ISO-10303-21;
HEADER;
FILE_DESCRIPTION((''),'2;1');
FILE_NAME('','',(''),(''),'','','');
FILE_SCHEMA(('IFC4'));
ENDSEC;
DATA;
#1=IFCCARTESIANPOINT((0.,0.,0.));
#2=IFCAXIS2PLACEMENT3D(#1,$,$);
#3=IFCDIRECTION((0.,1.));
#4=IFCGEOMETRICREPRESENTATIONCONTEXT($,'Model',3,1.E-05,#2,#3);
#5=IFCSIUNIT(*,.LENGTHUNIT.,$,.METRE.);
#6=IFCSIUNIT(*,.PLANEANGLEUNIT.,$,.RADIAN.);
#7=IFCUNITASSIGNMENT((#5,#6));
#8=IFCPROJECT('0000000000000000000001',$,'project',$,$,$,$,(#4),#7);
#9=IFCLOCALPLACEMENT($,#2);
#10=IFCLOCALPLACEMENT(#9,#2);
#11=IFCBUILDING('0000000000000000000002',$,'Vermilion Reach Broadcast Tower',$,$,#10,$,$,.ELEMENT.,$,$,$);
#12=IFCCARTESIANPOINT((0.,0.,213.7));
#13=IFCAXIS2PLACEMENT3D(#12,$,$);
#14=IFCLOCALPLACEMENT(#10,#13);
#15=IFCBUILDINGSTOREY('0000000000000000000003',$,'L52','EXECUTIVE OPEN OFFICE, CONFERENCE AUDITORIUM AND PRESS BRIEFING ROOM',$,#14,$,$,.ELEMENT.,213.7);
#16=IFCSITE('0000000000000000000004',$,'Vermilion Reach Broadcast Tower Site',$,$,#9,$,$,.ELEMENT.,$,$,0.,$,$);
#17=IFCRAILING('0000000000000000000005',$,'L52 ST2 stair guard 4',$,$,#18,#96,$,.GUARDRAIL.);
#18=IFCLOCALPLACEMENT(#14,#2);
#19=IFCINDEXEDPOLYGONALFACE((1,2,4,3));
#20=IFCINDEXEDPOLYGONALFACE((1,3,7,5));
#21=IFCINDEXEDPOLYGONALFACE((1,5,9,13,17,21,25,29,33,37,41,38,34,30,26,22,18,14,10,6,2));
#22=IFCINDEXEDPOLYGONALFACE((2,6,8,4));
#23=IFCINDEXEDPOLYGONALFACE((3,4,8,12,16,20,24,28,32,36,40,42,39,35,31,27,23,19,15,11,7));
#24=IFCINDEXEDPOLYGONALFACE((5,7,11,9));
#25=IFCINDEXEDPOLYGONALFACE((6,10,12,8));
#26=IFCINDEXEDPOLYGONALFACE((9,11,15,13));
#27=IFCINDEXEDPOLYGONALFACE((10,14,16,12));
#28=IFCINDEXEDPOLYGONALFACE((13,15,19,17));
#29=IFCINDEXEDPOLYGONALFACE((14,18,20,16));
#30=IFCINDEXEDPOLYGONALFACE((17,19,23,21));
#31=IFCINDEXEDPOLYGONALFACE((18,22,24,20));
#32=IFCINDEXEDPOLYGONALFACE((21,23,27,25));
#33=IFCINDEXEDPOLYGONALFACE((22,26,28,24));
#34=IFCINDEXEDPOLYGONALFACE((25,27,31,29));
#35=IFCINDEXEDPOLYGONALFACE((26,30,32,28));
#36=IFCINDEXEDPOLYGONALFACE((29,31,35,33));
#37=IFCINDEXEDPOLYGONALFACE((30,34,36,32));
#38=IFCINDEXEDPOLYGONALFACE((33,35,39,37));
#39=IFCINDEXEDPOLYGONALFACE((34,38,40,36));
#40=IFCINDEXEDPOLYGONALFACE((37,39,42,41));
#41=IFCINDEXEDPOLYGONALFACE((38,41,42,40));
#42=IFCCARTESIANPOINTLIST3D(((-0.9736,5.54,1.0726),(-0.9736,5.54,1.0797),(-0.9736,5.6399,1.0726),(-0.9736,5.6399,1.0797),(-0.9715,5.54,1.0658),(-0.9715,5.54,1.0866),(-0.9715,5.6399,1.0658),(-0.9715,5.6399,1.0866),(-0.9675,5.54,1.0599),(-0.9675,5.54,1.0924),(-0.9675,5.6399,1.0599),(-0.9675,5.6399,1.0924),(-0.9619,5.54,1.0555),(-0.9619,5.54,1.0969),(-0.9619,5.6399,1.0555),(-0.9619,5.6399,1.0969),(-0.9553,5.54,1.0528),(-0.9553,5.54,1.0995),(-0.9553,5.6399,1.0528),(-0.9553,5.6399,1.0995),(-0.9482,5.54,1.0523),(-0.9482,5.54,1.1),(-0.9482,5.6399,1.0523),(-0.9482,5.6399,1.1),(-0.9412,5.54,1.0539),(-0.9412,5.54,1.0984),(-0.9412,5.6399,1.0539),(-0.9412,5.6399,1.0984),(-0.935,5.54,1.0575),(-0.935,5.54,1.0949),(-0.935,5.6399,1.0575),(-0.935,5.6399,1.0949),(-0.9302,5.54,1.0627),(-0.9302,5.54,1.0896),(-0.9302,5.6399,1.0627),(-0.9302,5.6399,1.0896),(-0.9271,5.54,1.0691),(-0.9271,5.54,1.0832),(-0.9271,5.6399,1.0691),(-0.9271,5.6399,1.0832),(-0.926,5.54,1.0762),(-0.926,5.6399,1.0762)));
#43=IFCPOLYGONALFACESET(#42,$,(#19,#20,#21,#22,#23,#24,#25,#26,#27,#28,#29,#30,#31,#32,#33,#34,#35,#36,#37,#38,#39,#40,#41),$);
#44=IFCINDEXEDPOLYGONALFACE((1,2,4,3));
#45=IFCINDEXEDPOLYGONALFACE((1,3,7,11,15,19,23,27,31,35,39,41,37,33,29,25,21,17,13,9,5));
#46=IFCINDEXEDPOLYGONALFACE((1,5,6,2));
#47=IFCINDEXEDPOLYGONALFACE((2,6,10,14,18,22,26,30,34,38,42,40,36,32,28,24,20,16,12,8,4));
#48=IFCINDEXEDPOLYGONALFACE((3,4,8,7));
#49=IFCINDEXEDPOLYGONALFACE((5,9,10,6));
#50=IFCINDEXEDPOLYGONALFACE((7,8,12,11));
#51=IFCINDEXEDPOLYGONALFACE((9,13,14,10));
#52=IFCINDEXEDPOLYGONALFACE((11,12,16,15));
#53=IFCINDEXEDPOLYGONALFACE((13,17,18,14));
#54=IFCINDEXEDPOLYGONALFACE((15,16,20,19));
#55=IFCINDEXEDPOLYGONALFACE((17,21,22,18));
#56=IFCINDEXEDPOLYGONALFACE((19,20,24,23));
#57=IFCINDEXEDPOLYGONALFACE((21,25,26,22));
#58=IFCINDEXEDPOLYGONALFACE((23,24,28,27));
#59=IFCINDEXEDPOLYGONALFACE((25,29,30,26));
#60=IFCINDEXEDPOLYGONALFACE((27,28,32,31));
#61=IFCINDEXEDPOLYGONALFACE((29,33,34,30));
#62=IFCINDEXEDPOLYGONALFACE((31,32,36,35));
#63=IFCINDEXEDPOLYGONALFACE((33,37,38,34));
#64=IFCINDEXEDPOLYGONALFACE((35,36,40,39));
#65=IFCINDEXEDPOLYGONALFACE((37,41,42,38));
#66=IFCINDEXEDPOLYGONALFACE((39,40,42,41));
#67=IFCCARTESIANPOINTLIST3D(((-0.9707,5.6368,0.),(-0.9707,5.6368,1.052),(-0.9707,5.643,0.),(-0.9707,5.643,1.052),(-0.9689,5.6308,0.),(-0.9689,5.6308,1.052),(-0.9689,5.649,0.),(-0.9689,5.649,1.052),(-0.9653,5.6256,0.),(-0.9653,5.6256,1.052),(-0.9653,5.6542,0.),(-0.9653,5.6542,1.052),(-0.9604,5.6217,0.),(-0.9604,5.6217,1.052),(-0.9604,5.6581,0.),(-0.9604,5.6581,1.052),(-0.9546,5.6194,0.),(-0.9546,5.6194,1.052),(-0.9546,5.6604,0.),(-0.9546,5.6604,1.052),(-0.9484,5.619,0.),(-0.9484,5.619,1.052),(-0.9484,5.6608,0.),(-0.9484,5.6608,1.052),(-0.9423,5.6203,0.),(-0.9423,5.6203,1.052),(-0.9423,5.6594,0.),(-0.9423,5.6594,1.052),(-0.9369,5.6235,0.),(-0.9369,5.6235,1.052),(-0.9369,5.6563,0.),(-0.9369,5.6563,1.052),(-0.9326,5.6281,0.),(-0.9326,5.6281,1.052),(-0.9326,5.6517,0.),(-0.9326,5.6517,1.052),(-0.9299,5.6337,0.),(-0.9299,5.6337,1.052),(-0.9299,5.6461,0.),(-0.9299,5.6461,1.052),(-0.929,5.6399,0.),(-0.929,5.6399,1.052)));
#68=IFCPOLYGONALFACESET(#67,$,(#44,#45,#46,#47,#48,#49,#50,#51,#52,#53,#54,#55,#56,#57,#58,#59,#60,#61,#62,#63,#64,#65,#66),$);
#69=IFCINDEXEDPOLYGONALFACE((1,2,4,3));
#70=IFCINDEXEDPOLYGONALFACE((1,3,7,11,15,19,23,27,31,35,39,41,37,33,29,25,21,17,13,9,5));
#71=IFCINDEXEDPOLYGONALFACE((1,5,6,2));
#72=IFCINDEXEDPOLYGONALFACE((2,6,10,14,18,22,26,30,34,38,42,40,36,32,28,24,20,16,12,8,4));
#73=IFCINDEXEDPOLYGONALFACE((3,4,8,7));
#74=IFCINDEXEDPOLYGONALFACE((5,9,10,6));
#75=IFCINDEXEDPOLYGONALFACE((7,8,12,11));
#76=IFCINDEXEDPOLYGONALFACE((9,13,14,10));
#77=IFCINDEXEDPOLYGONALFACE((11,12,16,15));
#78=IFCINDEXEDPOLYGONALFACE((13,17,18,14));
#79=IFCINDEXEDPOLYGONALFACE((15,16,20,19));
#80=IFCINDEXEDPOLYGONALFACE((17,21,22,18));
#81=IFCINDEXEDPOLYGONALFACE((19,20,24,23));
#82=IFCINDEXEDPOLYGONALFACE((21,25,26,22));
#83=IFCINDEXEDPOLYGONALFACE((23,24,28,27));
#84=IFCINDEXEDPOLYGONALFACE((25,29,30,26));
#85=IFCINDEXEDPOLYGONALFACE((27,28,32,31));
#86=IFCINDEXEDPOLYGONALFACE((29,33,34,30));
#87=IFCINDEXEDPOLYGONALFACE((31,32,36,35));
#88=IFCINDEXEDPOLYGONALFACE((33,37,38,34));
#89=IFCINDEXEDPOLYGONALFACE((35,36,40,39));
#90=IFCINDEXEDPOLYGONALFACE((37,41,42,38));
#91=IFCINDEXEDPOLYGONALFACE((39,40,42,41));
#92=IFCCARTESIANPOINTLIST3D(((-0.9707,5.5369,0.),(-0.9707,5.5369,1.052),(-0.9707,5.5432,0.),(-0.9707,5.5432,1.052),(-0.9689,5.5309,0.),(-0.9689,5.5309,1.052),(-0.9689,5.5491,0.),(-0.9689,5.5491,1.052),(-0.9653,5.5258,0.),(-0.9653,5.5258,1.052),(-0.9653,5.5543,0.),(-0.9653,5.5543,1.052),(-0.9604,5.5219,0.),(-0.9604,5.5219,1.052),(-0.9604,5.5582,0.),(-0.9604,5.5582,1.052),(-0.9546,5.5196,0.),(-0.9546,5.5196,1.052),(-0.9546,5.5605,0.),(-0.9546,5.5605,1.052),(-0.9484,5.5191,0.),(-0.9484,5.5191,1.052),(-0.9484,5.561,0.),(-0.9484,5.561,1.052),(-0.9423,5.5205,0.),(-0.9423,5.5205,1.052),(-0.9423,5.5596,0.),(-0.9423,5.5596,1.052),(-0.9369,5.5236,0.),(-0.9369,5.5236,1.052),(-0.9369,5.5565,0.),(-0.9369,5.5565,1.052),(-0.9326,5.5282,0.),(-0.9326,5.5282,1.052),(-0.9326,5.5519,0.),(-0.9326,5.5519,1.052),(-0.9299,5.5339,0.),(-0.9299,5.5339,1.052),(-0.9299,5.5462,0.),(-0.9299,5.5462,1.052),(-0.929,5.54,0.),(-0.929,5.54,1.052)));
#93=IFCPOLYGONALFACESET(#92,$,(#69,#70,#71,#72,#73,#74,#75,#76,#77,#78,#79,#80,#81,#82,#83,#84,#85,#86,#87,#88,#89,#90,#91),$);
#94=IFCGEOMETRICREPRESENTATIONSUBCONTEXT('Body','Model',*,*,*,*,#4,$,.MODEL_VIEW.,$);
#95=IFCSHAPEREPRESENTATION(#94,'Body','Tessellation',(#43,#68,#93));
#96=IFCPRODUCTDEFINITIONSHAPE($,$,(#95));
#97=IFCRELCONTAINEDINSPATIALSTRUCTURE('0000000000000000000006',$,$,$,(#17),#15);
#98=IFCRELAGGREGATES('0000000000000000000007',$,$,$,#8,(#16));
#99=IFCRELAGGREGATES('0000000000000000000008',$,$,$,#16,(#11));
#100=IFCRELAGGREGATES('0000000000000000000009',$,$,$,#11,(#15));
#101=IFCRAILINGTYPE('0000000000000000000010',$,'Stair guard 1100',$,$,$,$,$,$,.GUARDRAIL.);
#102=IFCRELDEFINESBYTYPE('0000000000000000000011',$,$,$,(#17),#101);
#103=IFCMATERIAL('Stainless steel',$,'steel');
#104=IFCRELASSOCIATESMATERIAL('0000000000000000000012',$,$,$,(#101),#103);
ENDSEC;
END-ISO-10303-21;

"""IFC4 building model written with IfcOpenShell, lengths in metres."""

from ifc_helpers import new_model, si_unit, direction, frame, origin, origin_2d, place, context, subcontext, project, spatial, circle, extrude, material, type_object, element, save


model = new_model("IFC4")

# Units and contexts
model_context = context("Model", 3, precision=1e-05, world=origin(), true_north=direction((0.0, 1.0)))
body_context = subcontext(model_context, "Body", "Model", "MODEL_VIEW")
ifc_project = project(units=[si_unit("LENGTHUNIT", "METRE"), si_unit("PLANEANGLEUNIT", "RADIAN")], contexts=[model_context])

# Site, building, storey
site_placement = place(None, origin())
site = spatial("IfcSite", under=ifc_project, at=site_placement, Name="Vermilion Reach Broadcast Tower Site", CompositionType="ELEMENT", RefElevation=0.0)
building_placement = place(site_placement, origin())
building = spatial("IfcBuilding", under=site, at=building_placement, Name="Vermilion Reach Broadcast Tower", CompositionType="ELEMENT")
storey_placement = place(building_placement, frame((0.0, 0.0, 213.7)))
storey = spatial("IfcBuildingStorey", under=building, at=storey_placement, Name="L52", Description="EXECUTIVE OPEN OFFICE, CONFERENCE AUDITORIUM AND PRESS BRIEFING ROOM", CompositionType="ELEMENT", Elevation=213.7)

# Railing
ifc_material_1 = material(Name="Stainless steel", Category="steel")
railing_type_1 = type_object("IfcRailingType", Name="Stair guard 1100", PredefinedType="GUARDRAIL", material=ifc_material_1)
railing_1_placement = place(storey_placement, frame((-0.95, 5.6399, 0.0)))
element("IfcRailing", 1, at=railing_1_placement, inside=storey, type_object=railing_type_1, Name="L52 ST2 stair guard 4", PredefinedType="GUARDRAIL", context=body_context, shape_type="SweptSolid", body=[
    extrude(circle(Radius=0.0239, at=origin_2d()), frame((0.0, 0.0, 1.0762), z_axis=(0.0, -1.0, 0.0), x_axis=(1.0, 0.0, 0.0)), (0.0, 0.0, 1.0), 0.0999),
    extrude(circle(Radius=0.021, at=origin_2d()), origin(), (0.0, 0.0, 1.0), 1.052),
    extrude(circle(Radius=0.021, at=origin_2d()), frame((0.0, -0.0999, 0.0)), (0.0, 0.0, 1.0), 1.052),
])

save(model, "model.ifc")
